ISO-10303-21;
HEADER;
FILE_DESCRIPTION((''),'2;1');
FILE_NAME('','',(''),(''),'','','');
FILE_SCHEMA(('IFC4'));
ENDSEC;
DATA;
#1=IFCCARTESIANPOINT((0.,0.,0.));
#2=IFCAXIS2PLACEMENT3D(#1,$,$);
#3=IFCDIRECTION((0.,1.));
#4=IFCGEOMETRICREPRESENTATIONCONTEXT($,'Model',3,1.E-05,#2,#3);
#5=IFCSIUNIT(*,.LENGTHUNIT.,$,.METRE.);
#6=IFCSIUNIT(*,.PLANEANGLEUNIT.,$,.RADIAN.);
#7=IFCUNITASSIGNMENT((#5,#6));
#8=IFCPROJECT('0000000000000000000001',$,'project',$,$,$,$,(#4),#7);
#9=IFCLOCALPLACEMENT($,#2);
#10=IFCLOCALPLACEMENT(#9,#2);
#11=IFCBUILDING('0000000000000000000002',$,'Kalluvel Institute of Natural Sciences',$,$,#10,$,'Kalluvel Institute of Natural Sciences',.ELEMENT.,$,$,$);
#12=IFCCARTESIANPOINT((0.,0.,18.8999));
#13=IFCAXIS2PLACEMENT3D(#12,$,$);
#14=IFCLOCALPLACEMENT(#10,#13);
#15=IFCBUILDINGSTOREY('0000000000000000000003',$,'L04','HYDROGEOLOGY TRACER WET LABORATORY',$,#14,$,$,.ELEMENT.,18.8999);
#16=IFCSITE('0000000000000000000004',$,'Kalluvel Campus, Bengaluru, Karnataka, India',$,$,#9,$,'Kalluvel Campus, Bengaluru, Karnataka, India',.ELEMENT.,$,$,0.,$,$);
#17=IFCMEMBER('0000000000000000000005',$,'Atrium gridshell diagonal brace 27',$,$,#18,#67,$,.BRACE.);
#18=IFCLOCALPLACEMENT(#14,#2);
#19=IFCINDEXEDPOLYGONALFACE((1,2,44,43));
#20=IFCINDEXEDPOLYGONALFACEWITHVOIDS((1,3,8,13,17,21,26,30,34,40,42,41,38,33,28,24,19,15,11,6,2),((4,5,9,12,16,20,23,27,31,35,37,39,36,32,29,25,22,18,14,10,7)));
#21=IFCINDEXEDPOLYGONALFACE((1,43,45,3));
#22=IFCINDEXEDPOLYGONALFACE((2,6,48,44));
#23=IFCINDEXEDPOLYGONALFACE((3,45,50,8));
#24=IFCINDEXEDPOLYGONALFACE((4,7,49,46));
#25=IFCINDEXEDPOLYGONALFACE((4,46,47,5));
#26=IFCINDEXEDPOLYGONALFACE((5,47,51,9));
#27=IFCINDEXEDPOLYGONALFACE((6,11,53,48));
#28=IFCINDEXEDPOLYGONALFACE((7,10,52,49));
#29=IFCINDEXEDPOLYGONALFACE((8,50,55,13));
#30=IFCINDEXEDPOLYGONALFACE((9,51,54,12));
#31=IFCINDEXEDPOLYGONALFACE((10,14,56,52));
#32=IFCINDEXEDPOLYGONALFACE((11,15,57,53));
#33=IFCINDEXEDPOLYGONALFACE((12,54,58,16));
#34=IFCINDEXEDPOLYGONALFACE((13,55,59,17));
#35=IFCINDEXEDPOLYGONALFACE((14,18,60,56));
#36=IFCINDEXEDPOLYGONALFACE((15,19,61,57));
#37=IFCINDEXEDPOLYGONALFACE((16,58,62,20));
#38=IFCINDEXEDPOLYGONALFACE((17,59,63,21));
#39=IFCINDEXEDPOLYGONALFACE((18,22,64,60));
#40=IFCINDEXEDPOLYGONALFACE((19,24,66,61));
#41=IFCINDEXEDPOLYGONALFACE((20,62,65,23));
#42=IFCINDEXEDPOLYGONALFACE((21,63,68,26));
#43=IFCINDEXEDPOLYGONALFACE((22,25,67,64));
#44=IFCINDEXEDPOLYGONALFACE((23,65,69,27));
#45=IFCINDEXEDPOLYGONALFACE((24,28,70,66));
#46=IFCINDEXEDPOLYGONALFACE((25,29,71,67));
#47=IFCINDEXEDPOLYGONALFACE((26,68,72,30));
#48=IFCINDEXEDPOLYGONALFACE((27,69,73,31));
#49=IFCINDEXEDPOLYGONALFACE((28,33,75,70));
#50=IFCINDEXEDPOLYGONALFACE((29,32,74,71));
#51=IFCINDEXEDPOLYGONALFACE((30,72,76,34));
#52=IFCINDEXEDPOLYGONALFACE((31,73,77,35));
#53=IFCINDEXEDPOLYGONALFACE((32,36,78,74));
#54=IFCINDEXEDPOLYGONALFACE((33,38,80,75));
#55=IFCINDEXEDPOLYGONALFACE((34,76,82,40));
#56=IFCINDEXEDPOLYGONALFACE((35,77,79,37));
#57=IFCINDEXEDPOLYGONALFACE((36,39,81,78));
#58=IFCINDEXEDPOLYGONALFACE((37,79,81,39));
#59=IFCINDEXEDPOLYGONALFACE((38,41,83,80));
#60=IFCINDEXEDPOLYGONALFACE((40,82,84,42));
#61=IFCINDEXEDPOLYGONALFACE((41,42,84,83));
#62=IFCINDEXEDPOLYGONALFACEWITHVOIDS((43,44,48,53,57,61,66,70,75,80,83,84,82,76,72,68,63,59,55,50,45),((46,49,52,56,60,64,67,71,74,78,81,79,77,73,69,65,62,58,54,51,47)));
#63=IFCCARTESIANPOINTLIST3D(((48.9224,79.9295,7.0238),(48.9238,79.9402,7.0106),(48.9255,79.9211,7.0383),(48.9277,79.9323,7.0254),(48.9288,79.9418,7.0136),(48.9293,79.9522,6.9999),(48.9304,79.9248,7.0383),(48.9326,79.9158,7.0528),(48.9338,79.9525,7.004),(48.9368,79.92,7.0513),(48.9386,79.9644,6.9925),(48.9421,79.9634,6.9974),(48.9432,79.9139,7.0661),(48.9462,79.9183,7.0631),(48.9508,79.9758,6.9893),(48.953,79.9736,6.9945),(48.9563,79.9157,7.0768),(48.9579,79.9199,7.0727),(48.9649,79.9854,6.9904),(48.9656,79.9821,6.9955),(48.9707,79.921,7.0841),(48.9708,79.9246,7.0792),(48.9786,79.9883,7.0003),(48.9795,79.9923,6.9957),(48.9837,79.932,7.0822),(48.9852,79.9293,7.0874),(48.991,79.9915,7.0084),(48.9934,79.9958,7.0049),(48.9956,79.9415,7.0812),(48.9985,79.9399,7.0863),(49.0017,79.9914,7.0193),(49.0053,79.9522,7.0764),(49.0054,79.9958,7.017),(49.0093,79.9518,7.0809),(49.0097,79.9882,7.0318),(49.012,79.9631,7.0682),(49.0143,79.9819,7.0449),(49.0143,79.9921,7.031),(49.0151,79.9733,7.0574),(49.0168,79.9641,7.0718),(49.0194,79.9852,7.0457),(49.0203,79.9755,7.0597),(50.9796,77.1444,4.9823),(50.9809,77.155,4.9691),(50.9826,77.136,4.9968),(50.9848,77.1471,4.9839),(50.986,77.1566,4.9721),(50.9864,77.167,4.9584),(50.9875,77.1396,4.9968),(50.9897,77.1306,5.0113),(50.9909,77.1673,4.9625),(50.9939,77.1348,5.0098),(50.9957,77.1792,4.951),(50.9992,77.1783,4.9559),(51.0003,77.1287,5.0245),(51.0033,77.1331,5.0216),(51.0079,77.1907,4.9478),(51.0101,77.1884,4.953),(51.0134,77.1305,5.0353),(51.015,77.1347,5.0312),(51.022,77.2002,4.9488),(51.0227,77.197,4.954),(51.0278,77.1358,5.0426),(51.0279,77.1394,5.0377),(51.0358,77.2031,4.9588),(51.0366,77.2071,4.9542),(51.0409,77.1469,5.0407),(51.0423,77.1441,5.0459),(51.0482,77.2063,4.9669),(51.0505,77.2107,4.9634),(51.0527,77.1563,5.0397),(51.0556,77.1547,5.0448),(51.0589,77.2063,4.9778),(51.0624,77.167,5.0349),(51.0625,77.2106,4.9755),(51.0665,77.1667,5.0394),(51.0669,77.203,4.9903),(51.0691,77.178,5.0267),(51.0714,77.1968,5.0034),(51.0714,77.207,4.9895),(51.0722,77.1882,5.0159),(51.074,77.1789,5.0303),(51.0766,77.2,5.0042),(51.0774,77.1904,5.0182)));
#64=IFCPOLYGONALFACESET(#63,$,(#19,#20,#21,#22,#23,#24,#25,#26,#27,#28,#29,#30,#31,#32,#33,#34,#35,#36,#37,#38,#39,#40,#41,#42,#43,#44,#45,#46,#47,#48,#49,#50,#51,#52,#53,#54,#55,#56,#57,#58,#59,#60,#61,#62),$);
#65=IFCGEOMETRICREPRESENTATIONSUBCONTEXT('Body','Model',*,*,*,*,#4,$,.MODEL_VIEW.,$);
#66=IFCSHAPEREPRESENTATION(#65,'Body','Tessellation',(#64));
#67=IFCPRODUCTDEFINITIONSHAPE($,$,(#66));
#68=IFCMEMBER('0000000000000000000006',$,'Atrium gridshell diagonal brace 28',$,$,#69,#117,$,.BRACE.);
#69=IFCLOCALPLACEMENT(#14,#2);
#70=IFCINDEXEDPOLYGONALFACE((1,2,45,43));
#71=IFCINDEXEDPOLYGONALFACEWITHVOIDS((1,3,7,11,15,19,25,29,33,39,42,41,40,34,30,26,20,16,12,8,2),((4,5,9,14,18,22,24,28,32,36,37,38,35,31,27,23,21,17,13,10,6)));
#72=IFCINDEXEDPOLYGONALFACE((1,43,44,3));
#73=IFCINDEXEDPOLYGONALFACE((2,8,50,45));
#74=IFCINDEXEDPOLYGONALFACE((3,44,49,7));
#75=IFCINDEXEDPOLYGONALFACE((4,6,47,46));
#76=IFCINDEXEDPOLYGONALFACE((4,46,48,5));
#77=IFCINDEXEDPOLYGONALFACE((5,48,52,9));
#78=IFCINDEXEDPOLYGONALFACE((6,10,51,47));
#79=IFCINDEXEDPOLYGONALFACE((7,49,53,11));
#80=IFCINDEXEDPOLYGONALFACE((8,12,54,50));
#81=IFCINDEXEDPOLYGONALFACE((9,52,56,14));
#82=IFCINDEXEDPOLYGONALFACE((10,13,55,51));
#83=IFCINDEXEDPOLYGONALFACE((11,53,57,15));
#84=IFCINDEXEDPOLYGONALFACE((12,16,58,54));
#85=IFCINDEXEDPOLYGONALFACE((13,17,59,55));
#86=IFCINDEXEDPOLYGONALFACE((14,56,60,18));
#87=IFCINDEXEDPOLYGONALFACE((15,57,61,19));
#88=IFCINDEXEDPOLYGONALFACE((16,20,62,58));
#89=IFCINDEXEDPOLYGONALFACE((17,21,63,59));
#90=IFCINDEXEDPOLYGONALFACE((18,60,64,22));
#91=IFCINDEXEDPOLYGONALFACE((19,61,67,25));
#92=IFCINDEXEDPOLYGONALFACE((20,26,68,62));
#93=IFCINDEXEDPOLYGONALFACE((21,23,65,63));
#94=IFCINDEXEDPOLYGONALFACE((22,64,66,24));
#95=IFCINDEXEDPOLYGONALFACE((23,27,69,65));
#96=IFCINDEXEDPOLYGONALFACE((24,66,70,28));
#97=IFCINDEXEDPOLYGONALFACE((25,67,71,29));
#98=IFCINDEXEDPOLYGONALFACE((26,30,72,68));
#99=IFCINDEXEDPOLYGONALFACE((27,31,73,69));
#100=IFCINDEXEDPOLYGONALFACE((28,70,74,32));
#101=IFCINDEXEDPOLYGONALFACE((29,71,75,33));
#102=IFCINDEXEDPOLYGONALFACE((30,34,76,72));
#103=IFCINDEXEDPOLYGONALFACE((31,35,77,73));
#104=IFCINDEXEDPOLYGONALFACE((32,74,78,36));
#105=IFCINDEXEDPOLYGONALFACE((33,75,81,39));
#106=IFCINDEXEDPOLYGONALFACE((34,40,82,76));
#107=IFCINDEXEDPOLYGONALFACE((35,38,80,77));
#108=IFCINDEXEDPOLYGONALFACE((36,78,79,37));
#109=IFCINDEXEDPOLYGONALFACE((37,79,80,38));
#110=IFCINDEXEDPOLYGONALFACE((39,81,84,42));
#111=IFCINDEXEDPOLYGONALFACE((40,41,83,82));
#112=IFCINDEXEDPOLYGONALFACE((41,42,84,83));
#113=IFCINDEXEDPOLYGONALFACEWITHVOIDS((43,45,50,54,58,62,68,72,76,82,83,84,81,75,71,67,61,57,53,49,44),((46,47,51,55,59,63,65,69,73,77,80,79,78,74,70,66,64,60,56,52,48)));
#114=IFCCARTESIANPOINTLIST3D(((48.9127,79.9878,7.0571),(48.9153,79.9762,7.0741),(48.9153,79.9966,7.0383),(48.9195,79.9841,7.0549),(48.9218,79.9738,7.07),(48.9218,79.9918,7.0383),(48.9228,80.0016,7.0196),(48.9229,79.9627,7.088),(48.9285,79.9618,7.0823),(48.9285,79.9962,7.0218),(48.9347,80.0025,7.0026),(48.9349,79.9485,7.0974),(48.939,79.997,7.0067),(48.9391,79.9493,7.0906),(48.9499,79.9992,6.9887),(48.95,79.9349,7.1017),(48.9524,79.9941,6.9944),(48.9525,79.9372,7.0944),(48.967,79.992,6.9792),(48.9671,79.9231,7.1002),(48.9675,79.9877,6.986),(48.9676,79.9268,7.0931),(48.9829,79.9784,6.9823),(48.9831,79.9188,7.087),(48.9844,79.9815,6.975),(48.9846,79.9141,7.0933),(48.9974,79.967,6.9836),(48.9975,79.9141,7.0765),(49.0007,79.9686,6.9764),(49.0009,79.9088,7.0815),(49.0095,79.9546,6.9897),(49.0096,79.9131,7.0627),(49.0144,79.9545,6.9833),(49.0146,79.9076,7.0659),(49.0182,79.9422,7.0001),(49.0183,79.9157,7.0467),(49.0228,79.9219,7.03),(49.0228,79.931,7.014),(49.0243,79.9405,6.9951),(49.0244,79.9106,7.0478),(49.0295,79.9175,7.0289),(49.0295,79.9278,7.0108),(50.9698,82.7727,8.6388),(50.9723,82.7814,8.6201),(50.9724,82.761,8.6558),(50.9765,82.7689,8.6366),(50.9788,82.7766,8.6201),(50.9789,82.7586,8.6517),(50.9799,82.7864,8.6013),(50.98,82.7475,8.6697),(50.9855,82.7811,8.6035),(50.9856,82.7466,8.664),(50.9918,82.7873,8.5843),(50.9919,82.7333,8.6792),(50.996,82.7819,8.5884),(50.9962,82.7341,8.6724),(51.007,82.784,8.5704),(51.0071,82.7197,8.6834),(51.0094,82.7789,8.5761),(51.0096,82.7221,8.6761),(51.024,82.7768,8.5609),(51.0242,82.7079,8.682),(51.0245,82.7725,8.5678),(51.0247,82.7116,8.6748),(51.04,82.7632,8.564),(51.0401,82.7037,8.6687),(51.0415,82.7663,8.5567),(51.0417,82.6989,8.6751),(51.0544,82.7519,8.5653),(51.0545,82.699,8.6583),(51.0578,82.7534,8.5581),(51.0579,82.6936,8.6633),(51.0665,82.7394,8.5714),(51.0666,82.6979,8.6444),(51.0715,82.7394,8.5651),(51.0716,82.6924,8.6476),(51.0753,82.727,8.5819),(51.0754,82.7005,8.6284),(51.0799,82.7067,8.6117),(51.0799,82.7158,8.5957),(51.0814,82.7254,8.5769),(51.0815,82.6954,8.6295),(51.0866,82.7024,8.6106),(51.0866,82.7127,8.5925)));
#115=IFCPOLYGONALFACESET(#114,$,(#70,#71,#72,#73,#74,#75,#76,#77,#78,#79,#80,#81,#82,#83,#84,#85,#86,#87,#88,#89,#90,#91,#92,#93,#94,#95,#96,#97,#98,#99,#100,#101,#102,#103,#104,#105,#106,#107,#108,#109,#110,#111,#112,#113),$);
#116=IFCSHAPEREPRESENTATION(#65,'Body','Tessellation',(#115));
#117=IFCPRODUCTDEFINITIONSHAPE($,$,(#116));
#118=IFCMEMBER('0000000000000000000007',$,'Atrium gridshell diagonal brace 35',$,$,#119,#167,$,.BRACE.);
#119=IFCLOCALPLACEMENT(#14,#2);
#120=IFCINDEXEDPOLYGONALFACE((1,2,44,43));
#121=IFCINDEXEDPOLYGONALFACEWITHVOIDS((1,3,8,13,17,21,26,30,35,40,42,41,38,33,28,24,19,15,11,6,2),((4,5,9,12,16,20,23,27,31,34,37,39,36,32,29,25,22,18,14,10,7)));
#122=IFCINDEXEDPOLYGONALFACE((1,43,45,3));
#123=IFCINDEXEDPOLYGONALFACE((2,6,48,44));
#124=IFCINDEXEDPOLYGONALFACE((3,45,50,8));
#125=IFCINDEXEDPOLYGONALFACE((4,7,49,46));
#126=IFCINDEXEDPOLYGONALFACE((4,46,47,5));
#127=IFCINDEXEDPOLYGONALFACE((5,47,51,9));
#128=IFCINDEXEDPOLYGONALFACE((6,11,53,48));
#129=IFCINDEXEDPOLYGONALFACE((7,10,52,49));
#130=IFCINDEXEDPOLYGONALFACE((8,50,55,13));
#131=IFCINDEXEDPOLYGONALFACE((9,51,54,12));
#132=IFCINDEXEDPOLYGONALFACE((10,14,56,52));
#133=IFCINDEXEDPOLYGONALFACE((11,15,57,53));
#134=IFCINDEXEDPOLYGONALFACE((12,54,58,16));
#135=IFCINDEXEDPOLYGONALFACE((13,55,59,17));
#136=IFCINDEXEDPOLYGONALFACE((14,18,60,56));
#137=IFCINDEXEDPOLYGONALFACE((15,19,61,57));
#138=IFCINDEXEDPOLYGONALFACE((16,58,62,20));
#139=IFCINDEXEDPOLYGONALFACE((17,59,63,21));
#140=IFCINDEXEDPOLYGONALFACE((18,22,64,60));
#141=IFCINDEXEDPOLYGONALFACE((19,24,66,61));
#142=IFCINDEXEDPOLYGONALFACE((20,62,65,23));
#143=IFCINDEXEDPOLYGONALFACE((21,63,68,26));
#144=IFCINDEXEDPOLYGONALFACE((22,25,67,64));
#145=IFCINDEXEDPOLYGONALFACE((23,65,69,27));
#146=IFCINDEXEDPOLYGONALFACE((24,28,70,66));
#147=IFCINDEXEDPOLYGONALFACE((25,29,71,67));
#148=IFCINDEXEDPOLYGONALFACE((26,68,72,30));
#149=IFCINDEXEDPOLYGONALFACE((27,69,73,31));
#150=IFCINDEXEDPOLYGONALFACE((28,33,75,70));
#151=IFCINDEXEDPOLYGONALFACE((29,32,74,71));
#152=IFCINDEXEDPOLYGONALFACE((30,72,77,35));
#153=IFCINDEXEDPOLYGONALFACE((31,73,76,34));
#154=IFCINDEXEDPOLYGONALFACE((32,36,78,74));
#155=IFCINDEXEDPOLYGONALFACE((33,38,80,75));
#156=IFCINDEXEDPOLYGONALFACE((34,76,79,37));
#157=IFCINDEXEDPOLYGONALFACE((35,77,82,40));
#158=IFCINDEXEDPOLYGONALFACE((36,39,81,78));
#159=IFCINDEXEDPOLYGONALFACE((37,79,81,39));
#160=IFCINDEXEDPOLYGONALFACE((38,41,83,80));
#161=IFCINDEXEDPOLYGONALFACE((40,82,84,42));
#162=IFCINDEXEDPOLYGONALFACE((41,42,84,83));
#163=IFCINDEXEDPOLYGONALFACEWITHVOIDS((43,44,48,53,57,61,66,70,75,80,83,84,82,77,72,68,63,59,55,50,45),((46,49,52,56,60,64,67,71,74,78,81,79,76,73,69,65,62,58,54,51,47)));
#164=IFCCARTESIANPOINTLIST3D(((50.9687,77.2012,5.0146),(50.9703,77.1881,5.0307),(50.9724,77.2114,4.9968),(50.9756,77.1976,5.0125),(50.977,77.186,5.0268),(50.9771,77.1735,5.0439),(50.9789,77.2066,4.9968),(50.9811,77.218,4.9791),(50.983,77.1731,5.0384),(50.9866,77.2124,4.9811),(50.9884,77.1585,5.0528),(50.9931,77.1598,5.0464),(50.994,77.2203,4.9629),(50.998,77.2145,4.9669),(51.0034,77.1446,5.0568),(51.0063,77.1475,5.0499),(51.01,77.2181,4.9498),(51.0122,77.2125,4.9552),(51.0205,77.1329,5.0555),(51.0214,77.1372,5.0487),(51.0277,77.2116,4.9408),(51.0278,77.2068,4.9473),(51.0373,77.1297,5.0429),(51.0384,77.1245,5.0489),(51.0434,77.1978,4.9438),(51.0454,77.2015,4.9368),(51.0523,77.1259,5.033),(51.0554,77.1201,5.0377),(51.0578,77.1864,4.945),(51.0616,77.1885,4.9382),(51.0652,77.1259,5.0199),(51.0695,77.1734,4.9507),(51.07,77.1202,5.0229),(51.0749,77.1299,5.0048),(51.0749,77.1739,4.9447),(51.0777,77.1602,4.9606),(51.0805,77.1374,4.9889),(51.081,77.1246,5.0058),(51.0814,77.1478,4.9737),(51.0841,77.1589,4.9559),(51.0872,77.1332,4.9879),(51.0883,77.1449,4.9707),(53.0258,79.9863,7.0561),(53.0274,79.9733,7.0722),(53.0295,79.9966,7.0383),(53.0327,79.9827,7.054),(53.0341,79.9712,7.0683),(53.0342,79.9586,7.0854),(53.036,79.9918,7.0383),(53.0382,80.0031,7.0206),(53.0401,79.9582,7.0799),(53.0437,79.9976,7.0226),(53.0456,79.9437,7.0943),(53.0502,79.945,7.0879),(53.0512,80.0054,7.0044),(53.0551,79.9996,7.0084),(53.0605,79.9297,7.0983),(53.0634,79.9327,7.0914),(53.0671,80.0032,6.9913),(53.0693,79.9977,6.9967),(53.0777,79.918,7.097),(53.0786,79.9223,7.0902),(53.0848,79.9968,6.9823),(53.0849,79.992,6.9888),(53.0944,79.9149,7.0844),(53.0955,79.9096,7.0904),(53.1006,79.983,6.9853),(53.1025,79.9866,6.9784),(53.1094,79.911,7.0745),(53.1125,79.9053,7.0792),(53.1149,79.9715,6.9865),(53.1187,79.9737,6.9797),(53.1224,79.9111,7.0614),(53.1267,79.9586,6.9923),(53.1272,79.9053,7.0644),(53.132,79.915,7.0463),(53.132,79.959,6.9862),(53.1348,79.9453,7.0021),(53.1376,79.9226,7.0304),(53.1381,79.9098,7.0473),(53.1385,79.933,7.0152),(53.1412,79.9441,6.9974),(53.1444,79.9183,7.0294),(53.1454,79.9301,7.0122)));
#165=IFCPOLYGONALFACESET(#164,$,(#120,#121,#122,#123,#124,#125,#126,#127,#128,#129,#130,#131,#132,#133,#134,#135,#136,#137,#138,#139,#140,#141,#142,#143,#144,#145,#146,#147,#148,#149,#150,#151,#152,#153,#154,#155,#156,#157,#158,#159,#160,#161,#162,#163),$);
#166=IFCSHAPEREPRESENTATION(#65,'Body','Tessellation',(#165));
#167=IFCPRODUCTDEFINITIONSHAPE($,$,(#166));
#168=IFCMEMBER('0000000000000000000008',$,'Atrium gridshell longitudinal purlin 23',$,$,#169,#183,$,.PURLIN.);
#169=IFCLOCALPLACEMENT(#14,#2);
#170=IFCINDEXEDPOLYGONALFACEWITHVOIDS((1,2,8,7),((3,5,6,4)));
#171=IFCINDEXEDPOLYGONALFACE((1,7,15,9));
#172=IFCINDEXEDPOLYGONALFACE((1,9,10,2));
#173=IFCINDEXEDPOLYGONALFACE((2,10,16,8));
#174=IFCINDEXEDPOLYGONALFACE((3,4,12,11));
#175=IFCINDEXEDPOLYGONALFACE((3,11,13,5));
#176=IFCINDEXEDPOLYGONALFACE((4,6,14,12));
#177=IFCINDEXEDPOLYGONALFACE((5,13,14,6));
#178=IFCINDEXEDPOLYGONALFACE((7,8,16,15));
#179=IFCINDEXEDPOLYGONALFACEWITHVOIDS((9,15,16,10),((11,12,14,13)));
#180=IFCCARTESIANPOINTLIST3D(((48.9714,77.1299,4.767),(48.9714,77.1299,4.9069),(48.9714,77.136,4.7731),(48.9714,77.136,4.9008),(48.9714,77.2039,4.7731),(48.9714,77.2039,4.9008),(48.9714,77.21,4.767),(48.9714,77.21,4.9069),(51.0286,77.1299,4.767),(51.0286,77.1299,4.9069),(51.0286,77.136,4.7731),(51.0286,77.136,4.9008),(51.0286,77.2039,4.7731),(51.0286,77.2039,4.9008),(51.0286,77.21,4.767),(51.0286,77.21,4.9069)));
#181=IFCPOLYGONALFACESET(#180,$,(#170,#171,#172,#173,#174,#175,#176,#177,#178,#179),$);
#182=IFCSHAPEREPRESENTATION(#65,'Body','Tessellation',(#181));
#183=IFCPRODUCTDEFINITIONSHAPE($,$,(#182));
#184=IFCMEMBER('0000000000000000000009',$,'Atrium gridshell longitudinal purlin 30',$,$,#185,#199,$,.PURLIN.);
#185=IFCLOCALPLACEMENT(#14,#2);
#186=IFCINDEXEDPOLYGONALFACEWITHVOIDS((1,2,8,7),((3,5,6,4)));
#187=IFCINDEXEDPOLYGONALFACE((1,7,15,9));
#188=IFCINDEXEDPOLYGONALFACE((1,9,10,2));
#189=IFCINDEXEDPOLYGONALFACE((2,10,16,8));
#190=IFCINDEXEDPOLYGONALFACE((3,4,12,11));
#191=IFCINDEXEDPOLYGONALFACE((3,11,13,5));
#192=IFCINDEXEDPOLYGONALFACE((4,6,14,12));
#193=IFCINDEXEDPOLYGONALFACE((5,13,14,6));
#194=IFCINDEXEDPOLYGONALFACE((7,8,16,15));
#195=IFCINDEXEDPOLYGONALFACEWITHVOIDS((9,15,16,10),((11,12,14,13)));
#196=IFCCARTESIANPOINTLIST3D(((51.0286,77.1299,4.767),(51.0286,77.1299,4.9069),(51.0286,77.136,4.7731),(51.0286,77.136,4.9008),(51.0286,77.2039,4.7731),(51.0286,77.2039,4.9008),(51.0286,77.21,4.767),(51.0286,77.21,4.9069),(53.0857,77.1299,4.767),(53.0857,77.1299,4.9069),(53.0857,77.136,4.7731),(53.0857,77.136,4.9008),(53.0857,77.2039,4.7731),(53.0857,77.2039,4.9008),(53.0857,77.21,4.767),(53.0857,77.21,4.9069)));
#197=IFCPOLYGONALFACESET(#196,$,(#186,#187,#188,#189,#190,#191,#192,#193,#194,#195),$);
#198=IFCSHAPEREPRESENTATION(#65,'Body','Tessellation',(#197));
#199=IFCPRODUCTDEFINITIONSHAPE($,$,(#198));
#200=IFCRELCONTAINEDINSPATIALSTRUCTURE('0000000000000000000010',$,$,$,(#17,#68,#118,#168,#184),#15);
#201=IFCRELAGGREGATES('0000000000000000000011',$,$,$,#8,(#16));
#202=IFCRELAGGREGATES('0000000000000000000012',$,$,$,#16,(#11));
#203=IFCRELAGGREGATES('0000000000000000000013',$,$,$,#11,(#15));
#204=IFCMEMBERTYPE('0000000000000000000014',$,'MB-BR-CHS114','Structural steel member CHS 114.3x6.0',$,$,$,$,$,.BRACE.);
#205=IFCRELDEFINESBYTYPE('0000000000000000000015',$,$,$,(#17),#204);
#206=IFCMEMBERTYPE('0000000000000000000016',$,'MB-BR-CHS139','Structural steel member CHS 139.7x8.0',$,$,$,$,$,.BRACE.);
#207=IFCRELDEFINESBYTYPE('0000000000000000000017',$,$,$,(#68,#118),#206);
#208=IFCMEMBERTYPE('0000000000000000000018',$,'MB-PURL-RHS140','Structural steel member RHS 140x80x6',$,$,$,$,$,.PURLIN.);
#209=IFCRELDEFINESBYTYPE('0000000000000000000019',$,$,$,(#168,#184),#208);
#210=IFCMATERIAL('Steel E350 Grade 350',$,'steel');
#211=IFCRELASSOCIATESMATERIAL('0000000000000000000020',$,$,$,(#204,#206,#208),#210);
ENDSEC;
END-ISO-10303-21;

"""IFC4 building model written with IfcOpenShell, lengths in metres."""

from ifc_helpers import new_model, si_unit, direction, frame, origin, origin_2d, place, context, subcontext, project, spatial, hollow_rectangle, hollow_circle, extrude, material, material_profile, profile_set, type_object, element, save


model = new_model("IFC4")

# Units and contexts
model_context = context("Model", 3, precision=1e-05, world=origin(), true_north=direction((0.0, 1.0)))
body_context = subcontext(model_context, "Body", "Model", "MODEL_VIEW")
ifc_project = project(units=[si_unit("LENGTHUNIT", "METRE"), si_unit("PLANEANGLEUNIT", "RADIAN")], contexts=[model_context])

# Site, building, storey
site_placement = place(None, origin())
site = spatial("IfcSite", under=ifc_project, at=site_placement, Name="Kalluvel Campus, Bengaluru, Karnataka, India", LongName="Kalluvel Campus, Bengaluru, Karnataka, India", CompositionType="ELEMENT", RefElevation=0.0)
building_placement = place(site_placement, origin())
building = spatial("IfcBuilding", under=site, at=building_placement, Name="Kalluvel Institute of Natural Sciences", LongName="Kalluvel Institute of Natural Sciences", CompositionType="ELEMENT")
storey_placement = place(building_placement, frame((0.0, 0.0, 18.8999)))
storey = spatial("IfcBuildingStorey", under=building, at=storey_placement, Name="L04", Description="HYDROGEOLOGY TRACER WET LABORATORY", CompositionType="ELEMENT", Elevation=18.8999)

# Members
ifc_material_1 = material(Name="Steel E350 Grade 350", Category="steel")
ifc_material_profile_1 = material_profile(ifc_material_1, hollow_circle(Radius=0.0571, WallThickness=0.0061, at=origin_2d()), Name="CHS 114.3x6.0")
ifc_profile_set_1 = profile_set([ifc_material_profile_1], Name="Steel E350 Grade 350")
member_type_1 = type_object("IfcMemberType", Name="MB-BR-CHS114", Description="Structural steel member CHS 114.3x6.0", PredefinedType="BRACE", material=ifc_profile_set_1)
member_1_placement = place(storey_placement, frame((51.0286, 77.1699, 4.9968), z_axis=(-0.511784, 0.692906, 0.507896), x_axis=(-0.804378, -0.594117, 0.0)))
element("IfcMember", 1, at=member_1_placement, inside=storey, type_object=member_type_1, Name="Atrium gridshell diagonal brace 27", PredefinedType="BRACE", context=body_context, shape_type="SweptSolid", body=[
    extrude(hollow_circle(Radius=0.0571, WallThickness=0.0061, at=origin_2d()), origin(), (0.0, 0.0, 1.0), 4.0195),
])
ifc_material_profile_2 = material_profile(ifc_material_1, hollow_circle(Radius=0.0698, WallThickness=0.0081, at=origin_2d()), Name="CHS 139.7x8.0")
ifc_profile_set_2 = profile_set([ifc_material_profile_2], Name="Steel E350 Grade 350")
member_type_2 = type_object("IfcMemberType", Name="MB-BR-CHS139", Description="Structural steel member CHS 139.7x8.0", PredefinedType="BRACE", material=ifc_profile_set_2)
member_2_placement = place(storey_placement, frame((48.9714, 79.9551, 7.0383), z_axis=(0.540423, 0.731617, 0.415547), x_axis=(-0.804353, 0.594151, 0.0)))
element("IfcMember", 2, at=member_2_placement, inside=storey, type_object=member_type_2, Name="Atrium gridshell diagonal brace 28", PredefinedType="BRACE", context=body_context, shape_type="SweptSolid", body=[
    extrude(hollow_circle(Radius=0.0698, WallThickness=0.0081, at=origin_2d()), origin(), (0.0, 0.0, 1.0), 3.8064),
])
member_3_placement = place(storey_placement, frame((51.0286, 77.1699, 4.9968), z_axis=(0.511784, 0.692906, 0.507896), x_axis=(-0.804378, 0.594117, 0.0)))
element("IfcMember", 3, at=member_3_placement, inside=storey, type_object=member_type_2, Name="Atrium gridshell diagonal brace 35", PredefinedType="BRACE", context=body_context, shape_type="SweptSolid", body=[
    extrude(hollow_circle(Radius=0.0698, WallThickness=0.0081, at=origin_2d()), origin(), (0.0, 0.0, 1.0), 4.0195),
])
ifc_material_profile_3 = material_profile(ifc_material_1, hollow_rectangle(XDim=0.0801, YDim=0.1399, WallThickness=0.0061, at=origin_2d()), Name="RHS 140x80x6")
ifc_profile_set_3 = profile_set([ifc_material_profile_3], Name="Steel E350 Grade 350")
member_type_3 = type_object("IfcMemberType", Name="MB-PURL-RHS140", Description="Structural steel member RHS 140x80x6", PredefinedType="PURLIN", material=ifc_profile_set_3)
for number, where, z_axis, x_axis, name in (
    (4, (48.9714, 77.1699, 4.8369), (1.0, 0.0, 0.0), (0.0, 1.0, 0.0), "Atrium gridshell longitudinal purlin 23"),
    (5, (51.0286, 77.1699, 4.8369), (1.0, 0.0, 0.0), (0.0, 1.0, 0.0), "Atrium gridshell longitudinal purlin 30"),
):
    element("IfcMember", number, at=place(storey_placement, frame(where, z_axis=z_axis, x_axis=x_axis)), inside=storey, type_object=member_type_3, Name=name, PredefinedType="PURLIN", context=body_context, shape_type="SweptSolid", body=[
        extrude(hollow_rectangle(XDim=0.0801, YDim=0.1399, WallThickness=0.0061, at=origin_2d()), origin(), (0.0, 0.0, 1.0), 2.0571),
    ])

save(model, "model.ifc")
